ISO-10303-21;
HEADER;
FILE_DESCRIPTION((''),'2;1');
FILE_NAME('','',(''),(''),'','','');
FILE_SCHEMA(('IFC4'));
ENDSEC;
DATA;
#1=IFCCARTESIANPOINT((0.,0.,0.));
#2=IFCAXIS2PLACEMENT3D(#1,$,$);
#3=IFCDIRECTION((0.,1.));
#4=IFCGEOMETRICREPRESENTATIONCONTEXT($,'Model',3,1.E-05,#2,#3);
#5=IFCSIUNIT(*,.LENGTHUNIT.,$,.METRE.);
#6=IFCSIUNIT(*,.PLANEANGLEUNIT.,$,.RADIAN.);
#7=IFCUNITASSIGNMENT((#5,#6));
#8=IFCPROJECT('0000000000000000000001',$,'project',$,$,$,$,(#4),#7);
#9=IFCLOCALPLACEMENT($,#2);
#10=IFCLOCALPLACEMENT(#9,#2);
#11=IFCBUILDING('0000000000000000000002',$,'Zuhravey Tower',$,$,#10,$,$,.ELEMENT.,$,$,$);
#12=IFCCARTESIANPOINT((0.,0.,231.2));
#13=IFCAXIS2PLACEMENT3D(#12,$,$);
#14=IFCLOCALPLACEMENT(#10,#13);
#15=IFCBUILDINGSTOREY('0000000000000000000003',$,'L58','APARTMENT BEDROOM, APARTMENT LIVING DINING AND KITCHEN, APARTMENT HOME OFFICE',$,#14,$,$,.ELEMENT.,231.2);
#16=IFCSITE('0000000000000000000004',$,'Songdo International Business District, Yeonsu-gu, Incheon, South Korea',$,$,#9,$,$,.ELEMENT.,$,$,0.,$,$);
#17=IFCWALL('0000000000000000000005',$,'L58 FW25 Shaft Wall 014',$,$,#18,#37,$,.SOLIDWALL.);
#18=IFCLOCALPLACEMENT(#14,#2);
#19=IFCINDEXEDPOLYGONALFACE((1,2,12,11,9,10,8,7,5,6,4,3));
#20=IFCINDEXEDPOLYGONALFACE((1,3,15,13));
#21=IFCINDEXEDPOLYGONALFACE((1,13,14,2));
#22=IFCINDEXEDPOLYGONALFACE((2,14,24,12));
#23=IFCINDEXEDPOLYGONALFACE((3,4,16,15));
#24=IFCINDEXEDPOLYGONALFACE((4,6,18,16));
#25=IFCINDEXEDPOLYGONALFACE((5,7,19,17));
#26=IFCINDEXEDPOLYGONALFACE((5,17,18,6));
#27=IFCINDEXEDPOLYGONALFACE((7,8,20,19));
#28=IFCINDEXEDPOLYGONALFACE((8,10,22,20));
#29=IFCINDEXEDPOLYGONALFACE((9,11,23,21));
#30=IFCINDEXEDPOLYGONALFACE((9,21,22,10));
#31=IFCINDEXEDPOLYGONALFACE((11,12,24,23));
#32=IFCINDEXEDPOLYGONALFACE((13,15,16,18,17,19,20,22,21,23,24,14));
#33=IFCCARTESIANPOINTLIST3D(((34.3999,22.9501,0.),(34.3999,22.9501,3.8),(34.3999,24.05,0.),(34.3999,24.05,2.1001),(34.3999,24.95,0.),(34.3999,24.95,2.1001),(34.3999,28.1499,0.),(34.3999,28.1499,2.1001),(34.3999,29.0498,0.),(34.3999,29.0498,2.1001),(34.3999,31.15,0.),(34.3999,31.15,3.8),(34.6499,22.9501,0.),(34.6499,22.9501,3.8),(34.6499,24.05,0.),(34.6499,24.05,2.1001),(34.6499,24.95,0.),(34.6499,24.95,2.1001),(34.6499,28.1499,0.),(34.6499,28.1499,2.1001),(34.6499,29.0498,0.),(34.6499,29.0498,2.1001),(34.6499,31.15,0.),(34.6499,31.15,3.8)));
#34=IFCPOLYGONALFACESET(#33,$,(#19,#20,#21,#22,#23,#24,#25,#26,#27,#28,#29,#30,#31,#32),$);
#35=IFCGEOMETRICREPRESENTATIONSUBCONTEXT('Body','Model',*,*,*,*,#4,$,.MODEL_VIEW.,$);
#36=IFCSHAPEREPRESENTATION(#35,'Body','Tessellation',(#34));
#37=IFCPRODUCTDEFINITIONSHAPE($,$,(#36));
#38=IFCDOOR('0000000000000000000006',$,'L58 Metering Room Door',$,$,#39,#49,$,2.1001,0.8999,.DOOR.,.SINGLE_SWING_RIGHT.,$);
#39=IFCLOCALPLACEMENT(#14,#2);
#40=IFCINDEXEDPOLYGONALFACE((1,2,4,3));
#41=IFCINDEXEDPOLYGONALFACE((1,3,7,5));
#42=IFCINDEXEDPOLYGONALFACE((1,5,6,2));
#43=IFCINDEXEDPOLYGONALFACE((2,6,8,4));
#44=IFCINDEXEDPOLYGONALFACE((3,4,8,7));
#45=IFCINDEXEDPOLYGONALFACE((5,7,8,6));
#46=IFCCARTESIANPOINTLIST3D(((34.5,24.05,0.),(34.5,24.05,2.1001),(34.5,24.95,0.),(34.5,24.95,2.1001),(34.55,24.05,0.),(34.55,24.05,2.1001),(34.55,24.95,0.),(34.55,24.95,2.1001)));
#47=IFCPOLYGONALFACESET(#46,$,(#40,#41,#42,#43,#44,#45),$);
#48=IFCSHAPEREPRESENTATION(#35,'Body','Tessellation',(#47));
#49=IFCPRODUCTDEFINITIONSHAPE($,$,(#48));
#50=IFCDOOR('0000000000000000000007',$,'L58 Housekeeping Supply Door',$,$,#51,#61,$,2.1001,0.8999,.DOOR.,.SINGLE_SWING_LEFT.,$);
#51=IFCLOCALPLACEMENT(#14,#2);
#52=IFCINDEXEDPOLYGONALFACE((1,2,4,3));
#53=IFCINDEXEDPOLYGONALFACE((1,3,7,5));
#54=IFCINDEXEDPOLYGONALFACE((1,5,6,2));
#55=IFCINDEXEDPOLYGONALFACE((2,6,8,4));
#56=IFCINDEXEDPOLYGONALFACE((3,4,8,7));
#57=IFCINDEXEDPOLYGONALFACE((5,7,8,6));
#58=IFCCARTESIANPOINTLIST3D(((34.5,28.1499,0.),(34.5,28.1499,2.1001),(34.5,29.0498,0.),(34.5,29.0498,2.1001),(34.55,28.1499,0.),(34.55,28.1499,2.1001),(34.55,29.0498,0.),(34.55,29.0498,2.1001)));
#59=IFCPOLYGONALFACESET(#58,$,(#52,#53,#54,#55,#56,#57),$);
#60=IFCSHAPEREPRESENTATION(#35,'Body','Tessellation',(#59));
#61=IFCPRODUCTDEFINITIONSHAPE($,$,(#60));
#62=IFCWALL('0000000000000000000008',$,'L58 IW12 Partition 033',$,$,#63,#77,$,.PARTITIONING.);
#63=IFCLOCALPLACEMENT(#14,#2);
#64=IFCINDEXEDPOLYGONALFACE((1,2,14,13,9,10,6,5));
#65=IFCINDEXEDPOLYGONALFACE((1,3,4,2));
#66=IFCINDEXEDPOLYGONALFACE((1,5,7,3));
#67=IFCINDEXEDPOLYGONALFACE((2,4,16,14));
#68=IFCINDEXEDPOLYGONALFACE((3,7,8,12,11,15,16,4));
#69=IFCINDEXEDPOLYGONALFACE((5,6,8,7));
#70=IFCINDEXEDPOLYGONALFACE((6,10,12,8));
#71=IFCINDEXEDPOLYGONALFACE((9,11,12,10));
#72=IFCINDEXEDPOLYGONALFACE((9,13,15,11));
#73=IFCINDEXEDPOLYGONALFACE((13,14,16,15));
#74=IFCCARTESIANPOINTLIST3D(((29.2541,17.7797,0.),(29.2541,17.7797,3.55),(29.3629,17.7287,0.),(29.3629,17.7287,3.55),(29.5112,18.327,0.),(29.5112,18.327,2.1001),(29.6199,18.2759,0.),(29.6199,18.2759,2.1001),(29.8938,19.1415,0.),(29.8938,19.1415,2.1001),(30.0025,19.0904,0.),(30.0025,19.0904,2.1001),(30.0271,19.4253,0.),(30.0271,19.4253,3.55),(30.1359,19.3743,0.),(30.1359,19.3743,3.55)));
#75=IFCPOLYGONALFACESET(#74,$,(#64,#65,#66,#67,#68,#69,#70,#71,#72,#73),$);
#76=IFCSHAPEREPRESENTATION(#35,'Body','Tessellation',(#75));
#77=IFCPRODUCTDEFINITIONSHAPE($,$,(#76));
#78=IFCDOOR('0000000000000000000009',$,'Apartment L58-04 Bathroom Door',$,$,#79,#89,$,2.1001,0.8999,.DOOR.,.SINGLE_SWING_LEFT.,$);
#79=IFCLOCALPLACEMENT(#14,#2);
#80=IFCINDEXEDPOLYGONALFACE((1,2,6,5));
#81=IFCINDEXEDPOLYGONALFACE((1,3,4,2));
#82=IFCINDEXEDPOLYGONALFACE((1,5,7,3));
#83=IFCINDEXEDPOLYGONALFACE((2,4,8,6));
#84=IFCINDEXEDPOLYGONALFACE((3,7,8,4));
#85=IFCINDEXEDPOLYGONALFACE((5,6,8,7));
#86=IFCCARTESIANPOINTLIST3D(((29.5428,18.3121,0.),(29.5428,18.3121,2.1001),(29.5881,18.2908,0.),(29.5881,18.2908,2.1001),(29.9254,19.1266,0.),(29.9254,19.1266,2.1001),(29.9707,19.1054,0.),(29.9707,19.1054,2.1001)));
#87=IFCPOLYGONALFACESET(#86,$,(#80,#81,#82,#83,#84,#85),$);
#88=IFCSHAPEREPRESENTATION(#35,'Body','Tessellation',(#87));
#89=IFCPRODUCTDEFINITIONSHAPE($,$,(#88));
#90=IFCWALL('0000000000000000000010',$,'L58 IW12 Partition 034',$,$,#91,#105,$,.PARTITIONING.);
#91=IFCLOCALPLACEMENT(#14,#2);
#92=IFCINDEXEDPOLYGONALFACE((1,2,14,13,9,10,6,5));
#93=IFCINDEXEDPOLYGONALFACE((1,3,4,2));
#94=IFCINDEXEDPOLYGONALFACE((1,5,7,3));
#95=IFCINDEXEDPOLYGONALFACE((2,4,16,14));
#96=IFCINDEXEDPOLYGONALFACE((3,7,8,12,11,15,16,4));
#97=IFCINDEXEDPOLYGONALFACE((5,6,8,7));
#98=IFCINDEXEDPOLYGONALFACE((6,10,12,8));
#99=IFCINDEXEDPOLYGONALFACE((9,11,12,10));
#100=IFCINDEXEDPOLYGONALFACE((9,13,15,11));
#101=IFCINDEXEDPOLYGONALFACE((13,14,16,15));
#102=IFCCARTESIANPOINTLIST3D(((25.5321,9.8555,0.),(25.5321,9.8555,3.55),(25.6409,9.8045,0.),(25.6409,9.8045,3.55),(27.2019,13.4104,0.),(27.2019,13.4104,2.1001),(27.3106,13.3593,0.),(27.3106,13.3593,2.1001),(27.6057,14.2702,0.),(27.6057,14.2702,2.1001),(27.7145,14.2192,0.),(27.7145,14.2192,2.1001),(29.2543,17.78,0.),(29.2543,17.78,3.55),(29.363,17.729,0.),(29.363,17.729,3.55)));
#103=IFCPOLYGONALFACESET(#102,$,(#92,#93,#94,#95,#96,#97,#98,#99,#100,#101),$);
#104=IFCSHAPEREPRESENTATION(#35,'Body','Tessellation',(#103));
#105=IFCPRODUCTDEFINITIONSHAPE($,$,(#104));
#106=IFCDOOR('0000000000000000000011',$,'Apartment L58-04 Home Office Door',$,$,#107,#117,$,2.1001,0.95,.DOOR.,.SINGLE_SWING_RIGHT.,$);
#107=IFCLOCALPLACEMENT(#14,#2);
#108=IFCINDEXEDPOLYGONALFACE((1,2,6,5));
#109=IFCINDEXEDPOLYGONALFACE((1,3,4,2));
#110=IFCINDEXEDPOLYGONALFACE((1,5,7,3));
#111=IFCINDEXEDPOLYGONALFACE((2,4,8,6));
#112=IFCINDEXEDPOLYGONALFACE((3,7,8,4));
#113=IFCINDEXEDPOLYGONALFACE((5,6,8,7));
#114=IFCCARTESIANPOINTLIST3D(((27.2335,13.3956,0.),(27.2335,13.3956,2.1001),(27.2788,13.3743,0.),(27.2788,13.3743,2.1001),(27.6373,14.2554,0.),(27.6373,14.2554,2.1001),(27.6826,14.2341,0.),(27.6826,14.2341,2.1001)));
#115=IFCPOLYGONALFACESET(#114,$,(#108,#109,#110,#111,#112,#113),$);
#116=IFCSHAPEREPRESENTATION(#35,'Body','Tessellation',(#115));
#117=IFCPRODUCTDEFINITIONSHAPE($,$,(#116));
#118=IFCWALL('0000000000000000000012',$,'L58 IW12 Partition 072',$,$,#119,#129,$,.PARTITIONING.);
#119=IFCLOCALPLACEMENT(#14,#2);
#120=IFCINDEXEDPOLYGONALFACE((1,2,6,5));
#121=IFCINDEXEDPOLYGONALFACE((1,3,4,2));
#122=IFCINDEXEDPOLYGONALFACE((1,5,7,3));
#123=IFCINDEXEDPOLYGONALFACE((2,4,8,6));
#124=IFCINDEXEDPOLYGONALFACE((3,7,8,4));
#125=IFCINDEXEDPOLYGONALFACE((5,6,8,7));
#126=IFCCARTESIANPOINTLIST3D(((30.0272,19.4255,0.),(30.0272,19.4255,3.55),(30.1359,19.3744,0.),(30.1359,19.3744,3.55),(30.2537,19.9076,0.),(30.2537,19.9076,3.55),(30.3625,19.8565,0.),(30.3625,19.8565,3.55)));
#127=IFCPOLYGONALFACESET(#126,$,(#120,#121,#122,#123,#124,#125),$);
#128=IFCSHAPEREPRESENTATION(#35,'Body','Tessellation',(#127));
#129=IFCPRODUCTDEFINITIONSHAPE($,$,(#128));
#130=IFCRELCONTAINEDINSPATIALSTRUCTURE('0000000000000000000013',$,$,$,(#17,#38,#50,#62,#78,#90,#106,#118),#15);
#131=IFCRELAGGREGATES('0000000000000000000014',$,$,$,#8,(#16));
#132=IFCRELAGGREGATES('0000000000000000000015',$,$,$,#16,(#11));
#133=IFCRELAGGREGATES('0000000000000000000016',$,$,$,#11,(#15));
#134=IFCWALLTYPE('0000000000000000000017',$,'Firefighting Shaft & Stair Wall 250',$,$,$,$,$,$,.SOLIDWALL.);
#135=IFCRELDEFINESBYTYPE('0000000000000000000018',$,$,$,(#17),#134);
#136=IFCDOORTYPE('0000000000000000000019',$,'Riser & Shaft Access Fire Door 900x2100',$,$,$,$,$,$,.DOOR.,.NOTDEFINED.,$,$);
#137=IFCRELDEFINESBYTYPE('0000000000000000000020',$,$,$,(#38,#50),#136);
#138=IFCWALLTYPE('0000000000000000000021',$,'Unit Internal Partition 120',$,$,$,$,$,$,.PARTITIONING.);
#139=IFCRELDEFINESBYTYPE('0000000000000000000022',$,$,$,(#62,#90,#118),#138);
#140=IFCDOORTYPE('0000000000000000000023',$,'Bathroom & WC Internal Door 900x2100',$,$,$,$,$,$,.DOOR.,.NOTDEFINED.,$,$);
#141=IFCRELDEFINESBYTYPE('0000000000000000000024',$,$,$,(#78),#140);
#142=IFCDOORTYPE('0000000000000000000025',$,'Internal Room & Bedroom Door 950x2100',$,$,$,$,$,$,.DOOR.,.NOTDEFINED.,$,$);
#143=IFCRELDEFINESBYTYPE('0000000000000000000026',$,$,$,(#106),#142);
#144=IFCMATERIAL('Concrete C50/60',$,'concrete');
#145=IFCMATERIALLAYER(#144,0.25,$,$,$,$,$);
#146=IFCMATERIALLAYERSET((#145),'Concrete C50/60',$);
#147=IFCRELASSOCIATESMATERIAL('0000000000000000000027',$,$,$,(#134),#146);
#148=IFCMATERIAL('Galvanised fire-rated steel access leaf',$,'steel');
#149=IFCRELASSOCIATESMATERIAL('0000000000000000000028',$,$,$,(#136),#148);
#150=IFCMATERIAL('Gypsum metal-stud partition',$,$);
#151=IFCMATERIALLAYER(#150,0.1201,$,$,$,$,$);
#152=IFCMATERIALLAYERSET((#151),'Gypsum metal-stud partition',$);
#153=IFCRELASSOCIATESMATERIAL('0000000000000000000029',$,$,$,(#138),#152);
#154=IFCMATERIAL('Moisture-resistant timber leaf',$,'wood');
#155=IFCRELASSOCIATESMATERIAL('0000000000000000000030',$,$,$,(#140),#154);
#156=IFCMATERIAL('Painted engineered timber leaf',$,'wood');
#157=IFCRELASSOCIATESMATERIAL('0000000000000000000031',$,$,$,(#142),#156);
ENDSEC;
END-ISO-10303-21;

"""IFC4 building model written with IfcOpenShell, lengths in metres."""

from ifc_helpers import new_model, si_unit, direction, frame, frame_2d, origin, place, context, subcontext, project, spatial, rectangle, extrude, material, layer, layer_set, type_object, element, fill, save


model = new_model("IFC4")

# Units and contexts
model_context = context("Model", 3, precision=1e-05, world=origin(), true_north=direction((0.0, 1.0)))
body_context = subcontext(model_context, "Body", "Model", "MODEL_VIEW")
ifc_project = project(units=[si_unit("LENGTHUNIT", "METRE"), si_unit("PLANEANGLEUNIT", "RADIAN")], contexts=[model_context])

# Site, building, storey
site_placement = place(None, origin())
site = spatial("IfcSite", under=ifc_project, at=site_placement, Name="Songdo International Business District, Yeonsu-gu, Incheon, South Korea", CompositionType="ELEMENT", RefElevation=0.0)
building_placement = place(site_placement, origin())
building = spatial("IfcBuilding", under=site, at=building_placement, Name="Zuhravey Tower", CompositionType="ELEMENT")
storey_placement = place(building_placement, frame((0.0, 0.0, 231.2)))
storey = spatial("IfcBuildingStorey", under=building, at=storey_placement, Name="L58", Description="APARTMENT BEDROOM, APARTMENT LIVING DINING AND KITCHEN, APARTMENT HOME OFFICE", CompositionType="ELEMENT", Elevation=231.2)

# Shared definitions
ifc_material_1 = material(Name="Concrete C50/60", Category="concrete")
ifc_layer_1 = layer(ifc_material_1, 0.25)
ifc_layer_set_1 = layer_set([ifc_layer_1], Name="Concrete C50/60")
wall_type_1 = type_object("IfcWallType", Name="Firefighting Shaft & Stair Wall 250", PredefinedType="SOLIDWALL", material=ifc_layer_set_1)

# Shared definitions
ifc_material_2 = material(Name="Galvanised fire-rated steel access leaf", Category="steel")
door_type_1 = type_object("IfcDoorType", Name="Riser & Shaft Access Fire Door 900x2100", OperationType="NOTDEFINED", PredefinedType="DOOR", material=ifc_material_2)

# Wall, openings, doors
wall_1_placement = place(storey_placement, frame((34.5249, 22.95, 0.0), z_axis=(0.0, 0.0, 1.0), x_axis=(0.0, 1.0, 0.0)))
wall_1 = element("IfcWall", 1, at=wall_1_placement, inside=storey, type_object=wall_type_1, Name="L58 FW25 Shaft Wall 014", PredefinedType="SOLIDWALL", context=body_context, shape_type="SweptSolid", body=[
    extrude(rectangle(XDim=8.2, YDim=0.25, at=frame_2d((4.1001, 0.0))), origin(), (0.0, 0.0, 1.0), 3.8),
])
opening_1_placement = place(wall_1_placement, frame((1.1001, 0.0, 0.0)))
opening_1 = element("IfcOpeningElement", 2, at=opening_1_placement, cuts=wall_1, PredefinedType="OPENING", context=body_context, shape_type="SweptSolid", body=[
    extrude(rectangle(XDim=0.8999, YDim=2.1001, at=frame_2d((0.45, 1.05))), frame((0.0, 0.137, 0.0), z_axis=(0.0, -1.0, 0.0), x_axis=(1.0, 0.0, 0.0)), (0.0, 0.0, 1.0), 0.2739),
])
opening_2_placement = place(wall_1_placement, frame((5.2, 0.0, 0.0)))
opening_2 = element("IfcOpeningElement", 3, at=opening_2_placement, cuts=wall_1, PredefinedType="OPENING", context=body_context, shape_type="SweptSolid", body=[
    extrude(rectangle(XDim=0.8999, YDim=2.1001, at=frame_2d((0.45, 1.05))), frame((0.0, 0.137, 0.0), z_axis=(0.0, -1.0, 0.0), x_axis=(1.0, 0.0, 0.0)), (0.0, 0.0, 1.0), 0.2739),
])
door_1_placement = place(opening_1_placement, origin())
door_1 = element("IfcDoor", 4, at=door_1_placement, inside=storey, type_object=door_type_1, Name="L58 Metering Room Door", OperationType="SINGLE_SWING_RIGHT", OverallHeight=2.1001, OverallWidth=0.8999, PredefinedType="DOOR", context=body_context, shape_type="SweptSolid", body=[
    extrude(rectangle(XDim=0.8999, YDim=2.1001, at=frame_2d((0.45, 1.05))), frame((0.0, 0.0249, 0.0), z_axis=(0.0, -1.0, 0.0), x_axis=(1.0, 0.0, 0.0)), (0.0, 0.0, 1.0), 0.05),
])
fill(opening_1, door_1)
door_2_placement = place(opening_2_placement, origin())
door_2 = element("IfcDoor", 5, at=door_2_placement, inside=storey, type_object=door_type_1, Name="L58 Housekeeping Supply Door", OperationType="SINGLE_SWING_LEFT", OverallHeight=2.1001, OverallWidth=0.8999, PredefinedType="DOOR", context=body_context, shape_type="SweptSolid", body=[
    extrude(rectangle(XDim=0.8999, YDim=2.1001, at=frame_2d((0.45, 1.05))), frame((0.0, 0.0249, 0.0), z_axis=(0.0, -1.0, 0.0), x_axis=(1.0, 0.0, 0.0)), (0.0, 0.0, 1.0), 0.05),
])
fill(opening_2, door_2)

# Walls, openings, doors
ifc_material_3 = material(Name="Gypsum metal-stud partition")
ifc_layer_2 = layer(ifc_material_3, 0.1201)
ifc_layer_set_2 = layer_set([ifc_layer_2], Name="Gypsum metal-stud partition")
wall_type_2 = type_object("IfcWallType", Name="Unit Internal Partition 120", PredefinedType="PARTITIONING", material=ifc_layer_set_2)
wall_2_placement = place(storey_placement, frame((30.0815, 19.3999, 0.0), z_axis=(0.0, 0.0, 1.0), x_axis=(-0.425163, -0.905117, 0.0)))
wall_2 = element("IfcWall", 6, at=wall_2_placement, inside=storey, type_object=wall_type_2, Name="L58 IW12 Partition 033", PredefinedType="PARTITIONING", context=body_context, shape_type="SweptSolid", body=[
    extrude(rectangle(XDim=1.8181, YDim=0.1201, at=frame_2d((0.9092, 0.0))), origin(), (0.0, 0.0, 1.0), 3.55),
])
opening_3_placement = place(wall_2_placement, frame((0.3137, 0.0, 0.0)))
opening_3 = element("IfcOpeningElement", 7, at=opening_3_placement, cuts=wall_2, PredefinedType="OPENING", context=body_context, shape_type="SweptSolid", body=[
    extrude(rectangle(XDim=0.8999, YDim=2.1001, at=frame_2d((0.45, 1.05))), frame((0.0, 0.072, 0.0), z_axis=(0.0, -1.0, 0.0), x_axis=(1.0, 0.0, 0.0)), (0.0, 0.0, 1.0), 0.144),
])
ifc_material_4 = material(Name="Moisture-resistant timber leaf", Category="wood")
door_type_2 = type_object("IfcDoorType", Name="Bathroom & WC Internal Door 900x2100", OperationType="NOTDEFINED", PredefinedType="DOOR", material=ifc_material_4)
door_3_placement = place(opening_3_placement, origin())
door_3 = element("IfcDoor", 8, at=door_3_placement, inside=storey, type_object=door_type_2, Name="Apartment L58-04 Bathroom Door", OperationType="SINGLE_SWING_LEFT", OverallHeight=2.1001, OverallWidth=0.8999, PredefinedType="DOOR", context=body_context, shape_type="SweptSolid", body=[
    extrude(rectangle(XDim=0.8999, YDim=2.1001, at=frame_2d((0.45, 1.05))), frame((0.0, 0.0249, 0.0), z_axis=(0.0, -1.0, 0.0), x_axis=(1.0, 0.0, 0.0)), (0.0, 0.0, 1.0), 0.05),
])
fill(opening_3, door_3)
wall_3_placement = place(storey_placement, frame((29.3086, 17.7544, 0.0), z_axis=(0.0, 0.0, 1.0), x_axis=(-0.425139, -0.905128, 0.0)))
wall_3 = element("IfcWall", 9, at=wall_3_placement, inside=storey, type_object=wall_type_2, Name="L58 IW12 Partition 034", PredefinedType="PARTITIONING", context=body_context, shape_type="SweptSolid", body=[
    extrude(rectangle(XDim=8.7551, YDim=0.1201, at=frame_2d((4.3774, 0.0))), origin(), (0.0, 0.0, 1.0), 3.55),
])
opening_4_placement = place(wall_3_placement, frame((3.8774, 0.0, 0.0)))
opening_4 = element("IfcOpeningElement", 10, at=opening_4_placement, cuts=wall_3, PredefinedType="OPENING", context=body_context, shape_type="SweptSolid", body=[
    extrude(rectangle(XDim=0.95, YDim=2.1001, at=frame_2d((0.4751, 1.05))), frame((0.0, 0.072, 0.0), z_axis=(0.0, -1.0, 0.0), x_axis=(1.0, 0.0, 0.0)), (0.0, 0.0, 1.0), 0.144),
])
ifc_material_5 = material(Name="Painted engineered timber leaf", Category="wood")
door_type_3 = type_object("IfcDoorType", Name="Internal Room & Bedroom Door 950x2100", OperationType="NOTDEFINED", PredefinedType="DOOR", material=ifc_material_5)
door_4_placement = place(opening_4_placement, origin())
door_4 = element("IfcDoor", 11, at=door_4_placement, inside=storey, type_object=door_type_3, Name="Apartment L58-04 Home Office Door", OperationType="SINGLE_SWING_RIGHT", OverallHeight=2.1001, OverallWidth=0.95, PredefinedType="DOOR", context=body_context, shape_type="SweptSolid", body=[
    extrude(rectangle(XDim=0.95, YDim=2.1001, at=frame_2d((0.4751, 1.05))), frame((0.0, 0.0249, 0.0), z_axis=(0.0, -1.0, 0.0), x_axis=(1.0, 0.0, 0.0)), (0.0, 0.0, 1.0), 0.05),
])
fill(opening_4, door_4)

# Wall
wall_4_placement = place(storey_placement, frame((30.3081, 19.8821, 0.0), z_axis=(0.0, 0.0, 1.0), x_axis=(-0.425267, -0.905068, 0.0)))
element("IfcWall", 12, at=wall_4_placement, inside=storey, type_object=wall_type_2, Name="L58 IW12 Partition 072", PredefinedType="PARTITIONING", context=body_context, shape_type="SweptSolid", body=[
    extrude(rectangle(XDim=0.5327, YDim=0.1201, at=frame_2d((0.2664, 0.0))), origin(), (0.0, 0.0, 1.0), 3.55),
])

save(model, "model.ifc")
